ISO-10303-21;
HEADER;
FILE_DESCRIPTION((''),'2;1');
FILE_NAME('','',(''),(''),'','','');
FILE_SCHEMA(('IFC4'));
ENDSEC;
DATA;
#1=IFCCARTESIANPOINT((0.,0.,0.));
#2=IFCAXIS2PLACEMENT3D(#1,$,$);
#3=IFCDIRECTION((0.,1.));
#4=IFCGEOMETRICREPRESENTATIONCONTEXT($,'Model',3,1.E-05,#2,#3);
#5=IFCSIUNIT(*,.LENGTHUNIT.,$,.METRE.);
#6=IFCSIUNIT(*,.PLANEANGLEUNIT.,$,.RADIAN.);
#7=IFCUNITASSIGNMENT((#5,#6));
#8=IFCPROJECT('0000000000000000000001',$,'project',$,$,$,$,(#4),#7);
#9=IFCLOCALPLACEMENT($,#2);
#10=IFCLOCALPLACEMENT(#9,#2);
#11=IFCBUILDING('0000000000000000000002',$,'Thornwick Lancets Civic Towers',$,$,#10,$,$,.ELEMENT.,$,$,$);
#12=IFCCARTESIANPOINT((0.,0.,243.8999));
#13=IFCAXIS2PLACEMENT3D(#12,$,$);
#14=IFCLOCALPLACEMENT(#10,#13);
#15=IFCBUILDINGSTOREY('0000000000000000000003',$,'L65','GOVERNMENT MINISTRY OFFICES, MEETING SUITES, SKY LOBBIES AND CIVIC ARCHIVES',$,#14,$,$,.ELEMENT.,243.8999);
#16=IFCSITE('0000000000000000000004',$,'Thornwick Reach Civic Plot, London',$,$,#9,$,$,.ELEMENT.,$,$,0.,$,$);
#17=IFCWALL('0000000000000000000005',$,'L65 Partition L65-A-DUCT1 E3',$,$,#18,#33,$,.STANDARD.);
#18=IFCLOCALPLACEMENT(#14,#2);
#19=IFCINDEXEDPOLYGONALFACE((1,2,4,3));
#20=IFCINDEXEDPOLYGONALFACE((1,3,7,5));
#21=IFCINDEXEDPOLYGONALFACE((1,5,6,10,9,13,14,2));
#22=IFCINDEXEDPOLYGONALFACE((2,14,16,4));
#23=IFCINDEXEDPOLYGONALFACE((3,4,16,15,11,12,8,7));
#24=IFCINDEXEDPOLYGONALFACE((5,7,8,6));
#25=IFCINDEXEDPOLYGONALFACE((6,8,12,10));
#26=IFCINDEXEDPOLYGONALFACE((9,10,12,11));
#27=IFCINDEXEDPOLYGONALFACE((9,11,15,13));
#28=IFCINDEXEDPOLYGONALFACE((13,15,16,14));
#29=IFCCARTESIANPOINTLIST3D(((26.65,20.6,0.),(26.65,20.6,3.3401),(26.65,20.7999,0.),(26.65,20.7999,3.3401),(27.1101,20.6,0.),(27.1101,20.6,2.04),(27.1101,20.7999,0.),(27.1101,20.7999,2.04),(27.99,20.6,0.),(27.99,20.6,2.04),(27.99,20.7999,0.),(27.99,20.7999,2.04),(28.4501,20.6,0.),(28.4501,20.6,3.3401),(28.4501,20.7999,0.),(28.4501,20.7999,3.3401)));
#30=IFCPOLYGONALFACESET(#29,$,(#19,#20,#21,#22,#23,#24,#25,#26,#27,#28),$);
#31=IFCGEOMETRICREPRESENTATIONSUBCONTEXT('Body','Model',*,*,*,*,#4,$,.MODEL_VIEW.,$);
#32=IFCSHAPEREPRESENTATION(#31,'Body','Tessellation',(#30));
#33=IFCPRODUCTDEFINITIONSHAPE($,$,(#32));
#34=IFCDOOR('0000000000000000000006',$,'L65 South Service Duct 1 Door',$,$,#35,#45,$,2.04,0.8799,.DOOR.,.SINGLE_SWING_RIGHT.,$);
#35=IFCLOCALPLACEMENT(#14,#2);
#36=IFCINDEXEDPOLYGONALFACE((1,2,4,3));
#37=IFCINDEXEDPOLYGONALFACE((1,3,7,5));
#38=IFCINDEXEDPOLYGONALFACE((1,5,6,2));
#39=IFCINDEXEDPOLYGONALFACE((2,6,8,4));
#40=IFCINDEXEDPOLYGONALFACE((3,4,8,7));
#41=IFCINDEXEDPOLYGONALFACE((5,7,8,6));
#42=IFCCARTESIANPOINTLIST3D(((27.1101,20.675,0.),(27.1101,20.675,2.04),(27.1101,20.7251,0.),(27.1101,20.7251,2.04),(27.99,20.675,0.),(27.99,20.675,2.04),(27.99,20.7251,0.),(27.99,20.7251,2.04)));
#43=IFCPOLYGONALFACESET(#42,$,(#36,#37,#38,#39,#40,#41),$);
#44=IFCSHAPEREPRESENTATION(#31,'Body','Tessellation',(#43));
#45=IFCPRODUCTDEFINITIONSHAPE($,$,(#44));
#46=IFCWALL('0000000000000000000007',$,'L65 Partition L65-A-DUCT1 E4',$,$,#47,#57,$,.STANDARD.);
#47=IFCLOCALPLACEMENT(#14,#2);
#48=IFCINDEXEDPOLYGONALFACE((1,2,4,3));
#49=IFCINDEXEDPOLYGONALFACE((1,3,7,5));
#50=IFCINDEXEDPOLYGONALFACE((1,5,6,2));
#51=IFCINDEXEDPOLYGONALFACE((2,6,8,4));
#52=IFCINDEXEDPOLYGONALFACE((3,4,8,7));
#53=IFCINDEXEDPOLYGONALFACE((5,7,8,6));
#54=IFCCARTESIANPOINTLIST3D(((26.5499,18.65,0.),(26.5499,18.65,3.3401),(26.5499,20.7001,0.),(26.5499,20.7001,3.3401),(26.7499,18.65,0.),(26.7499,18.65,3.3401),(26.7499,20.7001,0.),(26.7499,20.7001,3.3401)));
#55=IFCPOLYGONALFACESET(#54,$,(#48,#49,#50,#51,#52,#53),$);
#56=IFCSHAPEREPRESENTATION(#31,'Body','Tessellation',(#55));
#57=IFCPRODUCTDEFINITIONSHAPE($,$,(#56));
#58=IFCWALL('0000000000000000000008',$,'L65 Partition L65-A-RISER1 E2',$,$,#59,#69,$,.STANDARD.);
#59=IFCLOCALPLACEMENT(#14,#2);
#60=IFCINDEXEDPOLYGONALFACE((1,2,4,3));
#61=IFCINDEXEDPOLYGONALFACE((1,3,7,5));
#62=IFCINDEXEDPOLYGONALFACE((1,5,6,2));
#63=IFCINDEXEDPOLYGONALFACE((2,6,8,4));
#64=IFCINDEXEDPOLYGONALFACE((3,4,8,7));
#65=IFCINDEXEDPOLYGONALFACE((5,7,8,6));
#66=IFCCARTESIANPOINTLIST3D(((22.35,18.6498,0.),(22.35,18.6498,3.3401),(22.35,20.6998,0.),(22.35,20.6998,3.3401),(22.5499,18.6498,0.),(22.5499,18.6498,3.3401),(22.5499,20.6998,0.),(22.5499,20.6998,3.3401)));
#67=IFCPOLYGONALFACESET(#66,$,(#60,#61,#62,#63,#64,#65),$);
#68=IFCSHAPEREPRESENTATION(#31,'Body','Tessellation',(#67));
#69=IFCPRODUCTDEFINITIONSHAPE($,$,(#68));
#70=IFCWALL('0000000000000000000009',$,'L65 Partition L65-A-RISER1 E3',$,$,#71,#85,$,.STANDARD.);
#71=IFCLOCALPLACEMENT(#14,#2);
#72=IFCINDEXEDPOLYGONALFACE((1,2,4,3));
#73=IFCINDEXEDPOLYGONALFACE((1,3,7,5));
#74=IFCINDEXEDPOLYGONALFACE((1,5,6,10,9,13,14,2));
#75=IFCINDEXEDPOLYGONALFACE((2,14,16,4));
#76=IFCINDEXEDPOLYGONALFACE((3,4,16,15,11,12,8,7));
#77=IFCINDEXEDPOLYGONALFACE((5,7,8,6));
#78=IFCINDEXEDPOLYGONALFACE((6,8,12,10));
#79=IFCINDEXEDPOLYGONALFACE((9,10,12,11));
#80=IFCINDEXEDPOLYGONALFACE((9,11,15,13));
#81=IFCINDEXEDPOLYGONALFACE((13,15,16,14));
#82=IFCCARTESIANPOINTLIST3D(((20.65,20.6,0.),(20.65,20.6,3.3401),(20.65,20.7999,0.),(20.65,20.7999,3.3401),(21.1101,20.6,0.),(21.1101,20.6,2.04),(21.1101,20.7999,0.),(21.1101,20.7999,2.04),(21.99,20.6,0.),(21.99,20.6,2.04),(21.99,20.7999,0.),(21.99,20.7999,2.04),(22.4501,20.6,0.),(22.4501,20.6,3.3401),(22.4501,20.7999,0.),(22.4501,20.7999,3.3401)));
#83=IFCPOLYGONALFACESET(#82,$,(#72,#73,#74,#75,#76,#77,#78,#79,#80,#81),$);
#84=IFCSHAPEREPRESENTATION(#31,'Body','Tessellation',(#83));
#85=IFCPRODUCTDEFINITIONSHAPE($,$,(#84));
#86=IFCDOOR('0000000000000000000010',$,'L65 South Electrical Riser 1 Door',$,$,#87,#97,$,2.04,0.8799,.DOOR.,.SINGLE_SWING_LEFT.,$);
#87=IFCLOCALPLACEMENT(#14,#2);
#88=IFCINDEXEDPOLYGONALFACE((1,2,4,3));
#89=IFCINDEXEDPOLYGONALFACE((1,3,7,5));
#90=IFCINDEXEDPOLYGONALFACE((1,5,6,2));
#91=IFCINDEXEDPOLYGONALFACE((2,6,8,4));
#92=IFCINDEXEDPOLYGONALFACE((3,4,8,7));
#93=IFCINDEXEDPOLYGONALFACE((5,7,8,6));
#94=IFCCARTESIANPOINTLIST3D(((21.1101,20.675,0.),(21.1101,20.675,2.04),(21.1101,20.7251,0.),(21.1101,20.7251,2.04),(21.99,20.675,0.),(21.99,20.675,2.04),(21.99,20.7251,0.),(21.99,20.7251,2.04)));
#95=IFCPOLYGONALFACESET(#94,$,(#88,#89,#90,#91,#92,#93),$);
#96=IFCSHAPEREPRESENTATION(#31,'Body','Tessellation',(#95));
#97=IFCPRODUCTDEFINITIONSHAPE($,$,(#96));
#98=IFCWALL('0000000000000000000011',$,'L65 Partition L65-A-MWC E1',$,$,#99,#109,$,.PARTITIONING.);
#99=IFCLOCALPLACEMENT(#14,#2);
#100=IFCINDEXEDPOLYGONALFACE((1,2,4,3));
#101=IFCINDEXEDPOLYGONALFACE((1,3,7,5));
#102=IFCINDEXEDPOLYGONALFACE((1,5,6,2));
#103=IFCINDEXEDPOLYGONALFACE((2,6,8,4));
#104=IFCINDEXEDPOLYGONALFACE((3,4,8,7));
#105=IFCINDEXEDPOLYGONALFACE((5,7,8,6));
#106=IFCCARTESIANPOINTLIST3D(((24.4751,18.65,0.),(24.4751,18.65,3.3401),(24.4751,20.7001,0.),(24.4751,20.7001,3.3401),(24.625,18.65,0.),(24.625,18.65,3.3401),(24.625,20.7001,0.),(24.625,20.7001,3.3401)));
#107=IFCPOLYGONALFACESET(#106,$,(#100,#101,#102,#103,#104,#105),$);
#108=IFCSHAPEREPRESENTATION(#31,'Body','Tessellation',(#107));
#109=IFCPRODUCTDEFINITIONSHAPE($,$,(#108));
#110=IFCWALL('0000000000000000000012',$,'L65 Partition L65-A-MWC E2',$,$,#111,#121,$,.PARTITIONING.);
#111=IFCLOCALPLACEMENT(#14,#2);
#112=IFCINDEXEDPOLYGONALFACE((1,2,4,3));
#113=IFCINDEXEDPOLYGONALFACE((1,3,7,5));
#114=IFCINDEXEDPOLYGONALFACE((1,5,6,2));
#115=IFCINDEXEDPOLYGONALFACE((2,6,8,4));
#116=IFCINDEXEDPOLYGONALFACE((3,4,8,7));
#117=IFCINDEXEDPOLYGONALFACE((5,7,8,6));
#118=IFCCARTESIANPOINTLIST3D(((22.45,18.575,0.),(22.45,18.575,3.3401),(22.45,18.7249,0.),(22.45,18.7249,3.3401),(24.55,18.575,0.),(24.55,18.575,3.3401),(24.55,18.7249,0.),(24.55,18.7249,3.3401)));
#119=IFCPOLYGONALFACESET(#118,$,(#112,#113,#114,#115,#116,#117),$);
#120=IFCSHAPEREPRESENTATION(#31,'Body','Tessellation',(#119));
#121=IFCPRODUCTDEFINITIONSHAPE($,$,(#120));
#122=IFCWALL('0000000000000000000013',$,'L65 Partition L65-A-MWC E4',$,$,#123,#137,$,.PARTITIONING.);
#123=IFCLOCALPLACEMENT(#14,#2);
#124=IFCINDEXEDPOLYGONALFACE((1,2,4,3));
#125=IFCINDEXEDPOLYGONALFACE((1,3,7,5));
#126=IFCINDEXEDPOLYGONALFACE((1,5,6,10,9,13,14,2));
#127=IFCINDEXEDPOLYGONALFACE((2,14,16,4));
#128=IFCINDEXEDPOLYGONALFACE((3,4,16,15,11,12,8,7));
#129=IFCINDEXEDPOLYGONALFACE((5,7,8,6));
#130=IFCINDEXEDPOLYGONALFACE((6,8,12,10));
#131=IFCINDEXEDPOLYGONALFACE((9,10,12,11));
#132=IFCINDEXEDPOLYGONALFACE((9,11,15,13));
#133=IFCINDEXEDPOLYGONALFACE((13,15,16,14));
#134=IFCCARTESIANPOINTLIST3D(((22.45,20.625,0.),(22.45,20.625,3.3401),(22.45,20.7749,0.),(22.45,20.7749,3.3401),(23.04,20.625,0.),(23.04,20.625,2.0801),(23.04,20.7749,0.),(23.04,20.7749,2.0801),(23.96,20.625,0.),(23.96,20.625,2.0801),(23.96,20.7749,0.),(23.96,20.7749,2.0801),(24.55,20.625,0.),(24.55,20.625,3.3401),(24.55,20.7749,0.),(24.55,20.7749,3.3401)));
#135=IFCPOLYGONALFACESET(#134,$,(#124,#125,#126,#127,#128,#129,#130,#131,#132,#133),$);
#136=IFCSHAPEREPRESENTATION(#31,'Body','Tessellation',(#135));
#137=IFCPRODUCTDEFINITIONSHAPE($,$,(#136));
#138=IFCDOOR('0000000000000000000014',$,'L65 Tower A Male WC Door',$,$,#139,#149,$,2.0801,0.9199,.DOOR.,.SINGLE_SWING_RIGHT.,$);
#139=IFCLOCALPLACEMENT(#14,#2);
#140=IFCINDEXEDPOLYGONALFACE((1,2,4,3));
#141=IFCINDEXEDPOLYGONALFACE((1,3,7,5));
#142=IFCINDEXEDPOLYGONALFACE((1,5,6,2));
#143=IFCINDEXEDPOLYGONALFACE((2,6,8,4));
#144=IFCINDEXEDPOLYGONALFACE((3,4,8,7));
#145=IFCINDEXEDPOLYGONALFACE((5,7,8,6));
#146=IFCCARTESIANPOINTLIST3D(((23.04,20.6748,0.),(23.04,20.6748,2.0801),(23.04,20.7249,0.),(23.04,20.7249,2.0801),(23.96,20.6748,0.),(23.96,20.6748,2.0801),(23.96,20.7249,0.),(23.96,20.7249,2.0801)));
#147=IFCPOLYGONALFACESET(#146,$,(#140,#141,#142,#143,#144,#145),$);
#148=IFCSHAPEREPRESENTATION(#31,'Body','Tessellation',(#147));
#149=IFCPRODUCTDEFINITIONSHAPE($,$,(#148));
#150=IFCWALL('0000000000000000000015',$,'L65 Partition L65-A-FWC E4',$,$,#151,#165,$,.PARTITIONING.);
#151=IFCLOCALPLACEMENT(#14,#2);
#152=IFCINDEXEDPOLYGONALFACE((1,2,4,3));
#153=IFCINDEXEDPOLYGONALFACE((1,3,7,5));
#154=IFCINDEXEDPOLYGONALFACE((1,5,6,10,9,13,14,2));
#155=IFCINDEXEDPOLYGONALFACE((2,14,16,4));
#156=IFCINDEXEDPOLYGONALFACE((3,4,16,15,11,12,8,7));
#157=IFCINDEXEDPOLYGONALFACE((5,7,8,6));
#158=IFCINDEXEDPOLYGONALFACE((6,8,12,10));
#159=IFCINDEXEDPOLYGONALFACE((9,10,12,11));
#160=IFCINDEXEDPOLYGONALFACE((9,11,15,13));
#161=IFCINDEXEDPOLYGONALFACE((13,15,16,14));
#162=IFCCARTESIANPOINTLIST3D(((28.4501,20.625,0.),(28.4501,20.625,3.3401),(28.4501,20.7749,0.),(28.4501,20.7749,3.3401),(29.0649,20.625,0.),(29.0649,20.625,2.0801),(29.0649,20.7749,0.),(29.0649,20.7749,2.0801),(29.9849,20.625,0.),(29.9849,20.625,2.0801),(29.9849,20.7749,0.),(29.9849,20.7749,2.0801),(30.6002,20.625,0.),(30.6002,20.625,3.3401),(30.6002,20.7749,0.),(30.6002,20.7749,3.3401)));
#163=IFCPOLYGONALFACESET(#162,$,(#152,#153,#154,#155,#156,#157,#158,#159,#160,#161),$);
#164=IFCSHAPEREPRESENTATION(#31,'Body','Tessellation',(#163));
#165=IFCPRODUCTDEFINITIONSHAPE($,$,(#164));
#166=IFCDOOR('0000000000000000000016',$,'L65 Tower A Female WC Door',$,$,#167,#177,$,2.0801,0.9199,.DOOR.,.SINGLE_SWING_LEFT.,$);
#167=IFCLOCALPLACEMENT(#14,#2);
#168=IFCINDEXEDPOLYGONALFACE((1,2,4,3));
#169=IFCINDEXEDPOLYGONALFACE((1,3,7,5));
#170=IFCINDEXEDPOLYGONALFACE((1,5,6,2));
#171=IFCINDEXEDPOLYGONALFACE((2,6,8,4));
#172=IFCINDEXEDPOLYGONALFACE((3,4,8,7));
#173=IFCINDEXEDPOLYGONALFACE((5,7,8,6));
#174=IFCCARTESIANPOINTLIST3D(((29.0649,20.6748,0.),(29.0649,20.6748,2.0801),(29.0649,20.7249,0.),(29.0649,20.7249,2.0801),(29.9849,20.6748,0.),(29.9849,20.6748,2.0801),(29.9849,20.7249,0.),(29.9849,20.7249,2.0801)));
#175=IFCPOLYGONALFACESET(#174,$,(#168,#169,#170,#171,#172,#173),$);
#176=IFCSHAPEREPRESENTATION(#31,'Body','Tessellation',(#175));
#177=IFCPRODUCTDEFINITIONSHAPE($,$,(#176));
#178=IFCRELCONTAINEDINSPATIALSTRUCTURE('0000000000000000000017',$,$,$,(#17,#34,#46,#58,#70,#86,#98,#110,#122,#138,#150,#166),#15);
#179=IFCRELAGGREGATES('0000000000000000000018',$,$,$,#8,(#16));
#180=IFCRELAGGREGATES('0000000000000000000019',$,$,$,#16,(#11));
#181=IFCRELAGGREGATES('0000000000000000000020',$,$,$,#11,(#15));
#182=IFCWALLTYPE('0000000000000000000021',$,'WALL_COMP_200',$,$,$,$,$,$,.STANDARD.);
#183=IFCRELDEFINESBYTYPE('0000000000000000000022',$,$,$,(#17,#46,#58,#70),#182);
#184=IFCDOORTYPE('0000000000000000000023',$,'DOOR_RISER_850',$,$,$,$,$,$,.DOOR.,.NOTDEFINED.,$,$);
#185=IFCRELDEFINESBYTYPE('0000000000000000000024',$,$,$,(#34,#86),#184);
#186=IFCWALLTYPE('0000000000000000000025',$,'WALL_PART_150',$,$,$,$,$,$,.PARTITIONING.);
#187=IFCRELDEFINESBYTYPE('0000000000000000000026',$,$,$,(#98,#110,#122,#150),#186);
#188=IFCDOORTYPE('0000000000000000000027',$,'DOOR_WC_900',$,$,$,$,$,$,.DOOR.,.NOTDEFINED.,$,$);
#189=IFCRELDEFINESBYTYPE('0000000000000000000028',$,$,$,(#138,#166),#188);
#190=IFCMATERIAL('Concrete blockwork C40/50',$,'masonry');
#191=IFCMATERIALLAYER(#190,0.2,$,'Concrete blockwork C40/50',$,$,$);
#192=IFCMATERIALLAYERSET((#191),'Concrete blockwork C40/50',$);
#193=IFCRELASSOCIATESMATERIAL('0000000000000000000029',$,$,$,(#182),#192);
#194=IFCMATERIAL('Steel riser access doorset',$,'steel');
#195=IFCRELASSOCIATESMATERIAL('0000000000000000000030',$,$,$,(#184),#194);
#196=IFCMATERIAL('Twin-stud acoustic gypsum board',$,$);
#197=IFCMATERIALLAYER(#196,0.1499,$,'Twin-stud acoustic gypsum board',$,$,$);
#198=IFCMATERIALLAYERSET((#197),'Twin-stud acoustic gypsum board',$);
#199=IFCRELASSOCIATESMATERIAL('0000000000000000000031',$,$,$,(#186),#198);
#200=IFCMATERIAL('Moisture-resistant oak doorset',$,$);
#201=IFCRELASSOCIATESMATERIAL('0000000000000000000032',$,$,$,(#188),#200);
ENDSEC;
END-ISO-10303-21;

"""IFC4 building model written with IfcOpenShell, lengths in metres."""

from ifc_helpers import new_model, si_unit, direction, frame, frame_2d, origin, place, context, subcontext, project, spatial, rectangle, extrude, material, layer, layer_set, type_object, element, fill, save


model = new_model("IFC4")

# Units and contexts
model_context = context("Model", 3, precision=1e-05, world=origin(), true_north=direction((0.0, 1.0)))
body_context = subcontext(model_context, "Body", "Model", "MODEL_VIEW")
ifc_project = project(units=[si_unit("LENGTHUNIT", "METRE"), si_unit("PLANEANGLEUNIT", "RADIAN")], contexts=[model_context])

# Site, building, storey
site_placement = place(None, origin())
site = spatial("IfcSite", under=ifc_project, at=site_placement, Name="Thornwick Reach Civic Plot, London", CompositionType="ELEMENT", RefElevation=0.0)
building_placement = place(site_placement, origin())
building = spatial("IfcBuilding", under=site, at=building_placement, Name="Thornwick Lancets Civic Towers", CompositionType="ELEMENT")
storey_placement = place(building_placement, frame((0.0, 0.0, 243.8999)))
storey = spatial("IfcBuildingStorey", under=building, at=storey_placement, Name="L65", Description="GOVERNMENT MINISTRY OFFICES, MEETING SUITES, SKY LOBBIES AND CIVIC ARCHIVES", CompositionType="ELEMENT", Elevation=243.8999)

# Shared definitions
ifc_material_1 = material(Name="Concrete blockwork C40/50", Category="masonry")
ifc_layer_1 = layer(ifc_material_1, 0.2, Name="Concrete blockwork C40/50")
ifc_layer_set_1 = layer_set([ifc_layer_1], Name="Concrete blockwork C40/50")
wall_type_1 = type_object("IfcWallType", Name="WALL_COMP_200", PredefinedType="STANDARD", material=ifc_layer_set_1)

# Wall, opening, door
wall_1_placement = place(storey_placement, frame((28.45, 20.7, 0.0), z_axis=(0.0, 0.0, 1.0), x_axis=(-1.0, 0.0, 0.0)))
wall_1 = element("IfcWall", 1, at=wall_1_placement, inside=storey, type_object=wall_type_1, Name="L65 Partition L65-A-DUCT1 E3", PredefinedType="STANDARD", context=body_context, shape_type="SweptSolid", body=[
    extrude(rectangle(XDim=1.8, YDim=0.2, at=frame_2d((0.8999, 0.0))), origin(), (0.0, 0.0, 1.0), 3.3401),
])
opening_1_placement = place(wall_1_placement, frame((0.46, 0.0, 0.0)))
opening_1 = element("IfcOpeningElement", 2, at=opening_1_placement, cuts=wall_1, PredefinedType="OPENING", context=body_context, shape_type="SweptSolid", body=[
    extrude(rectangle(XDim=0.8799, YDim=2.04, at=frame_2d((0.4399, 1.02))), frame((0.0, 0.1099, 0.0), z_axis=(0.0, -1.0, 0.0), x_axis=(1.0, 0.0, 0.0)), (0.0, 0.0, 1.0), 0.22),
])
ifc_material_2 = material(Name="Steel riser access doorset", Category="steel")
door_type_1 = type_object("IfcDoorType", Name="DOOR_RISER_850", OperationType="NOTDEFINED", PredefinedType="DOOR", material=ifc_material_2)
door_1_placement = place(opening_1_placement, origin())
door_1 = element("IfcDoor", 3, at=door_1_placement, inside=storey, type_object=door_type_1, Name="L65 South Service Duct 1 Door", OperationType="SINGLE_SWING_RIGHT", OverallHeight=2.04, OverallWidth=0.8799, PredefinedType="DOOR", context=body_context, shape_type="SweptSolid", body=[
    extrude(rectangle(XDim=0.8799, YDim=2.04, at=frame_2d((0.4399, 1.02))), frame((0.0, 0.0249, 0.0), z_axis=(0.0, -1.0, 0.0), x_axis=(1.0, 0.0, 0.0)), (0.0, 0.0, 1.0), 0.05),
])
fill(opening_1, door_1)

# Walls
for number, where, z_axis, x_axis, name in (
    (4, (26.6499, 20.7, 0.0), (0.0, 0.0, 1.0), (0.0, -1.0, 0.0), "L65 Partition L65-A-DUCT1 E4"),
    (5, (22.45, 18.6499, 0.0), (0.0, 0.0, 1.0), (0.0, 1.0, 0.0), "L65 Partition L65-A-RISER1 E2"),
):
    element("IfcWall", number, at=place(storey_placement, frame(where, z_axis=z_axis, x_axis=x_axis)), inside=storey, type_object=wall_type_1, Name=name, PredefinedType="STANDARD", context=body_context, shape_type="SweptSolid", body=[
        extrude(rectangle(XDim=2.05, YDim=0.2, at=frame_2d((1.0249, 0.0))), origin(), (0.0, 0.0, 1.0), 3.3401),
    ])

# Wall, opening, door
wall_2_placement = place(storey_placement, frame((22.45, 20.7, 0.0), z_axis=(0.0, 0.0, 1.0), x_axis=(-1.0, 0.0, 0.0)))
wall_2 = element("IfcWall", 6, at=wall_2_placement, inside=storey, type_object=wall_type_1, Name="L65 Partition L65-A-RISER1 E3", PredefinedType="STANDARD", context=body_context, shape_type="SweptSolid", body=[
    extrude(rectangle(XDim=1.8, YDim=0.2, at=frame_2d((0.8999, 0.0))), origin(), (0.0, 0.0, 1.0), 3.3401),
])
opening_2_placement = place(wall_2_placement, frame((0.46, 0.0, 0.0)))
opening_2 = element("IfcOpeningElement", 7, at=opening_2_placement, cuts=wall_2, PredefinedType="OPENING", context=body_context, shape_type="SweptSolid", body=[
    extrude(rectangle(XDim=0.8799, YDim=2.04, at=frame_2d((0.4399, 1.02))), frame((0.0, 0.1099, 0.0), z_axis=(0.0, -1.0, 0.0), x_axis=(1.0, 0.0, 0.0)), (0.0, 0.0, 1.0), 0.22),
])
door_2_placement = place(opening_2_placement, origin())
door_2 = element("IfcDoor", 8, at=door_2_placement, inside=storey, type_object=door_type_1, Name="L65 South Electrical Riser 1 Door", OperationType="SINGLE_SWING_LEFT", OverallHeight=2.04, OverallWidth=0.8799, PredefinedType="DOOR", context=body_context, shape_type="SweptSolid", body=[
    extrude(rectangle(XDim=0.8799, YDim=2.04, at=frame_2d((0.4399, 1.02))), frame((0.0, 0.0249, 0.0), z_axis=(0.0, -1.0, 0.0), x_axis=(1.0, 0.0, 0.0)), (0.0, 0.0, 1.0), 0.05),
])
fill(opening_2, door_2)

# Walls
ifc_material_3 = material(Name="Twin-stud acoustic gypsum board")
ifc_layer_2 = layer(ifc_material_3, 0.1499, Name="Twin-stud acoustic gypsum board")
ifc_layer_set_2 = layer_set([ifc_layer_2], Name="Twin-stud acoustic gypsum board")
wall_type_2 = type_object("IfcWallType", Name="WALL_PART_150", PredefinedType="PARTITIONING", material=ifc_layer_set_2)
wall_3_placement = place(storey_placement, frame((24.55, 20.7, 0.0), z_axis=(0.0, 0.0, 1.0), x_axis=(0.0, -1.0, 0.0)))
element("IfcWall", 9, at=wall_3_placement, inside=storey, type_object=wall_type_2, Name="L65 Partition L65-A-MWC E1", PredefinedType="PARTITIONING", context=body_context, shape_type="SweptSolid", body=[
    extrude(rectangle(XDim=2.05, YDim=0.1499, at=frame_2d((1.0249, 0.0))), origin(), (0.0, 0.0, 1.0), 3.3401),
])
wall_4_placement = place(storey_placement, frame((24.55, 18.6499, 0.0), z_axis=(0.0, 0.0, 1.0), x_axis=(-1.0, 0.0, 0.0)))
element("IfcWall", 10, at=wall_4_placement, inside=storey, type_object=wall_type_2, Name="L65 Partition L65-A-MWC E2", PredefinedType="PARTITIONING", context=body_context, shape_type="SweptSolid", body=[
    extrude(rectangle(XDim=2.1001, YDim=0.1499, at=frame_2d((1.05, 0.0))), origin(), (0.0, 0.0, 1.0), 3.3401),
])

# Walls, openings, doors
wall_5_placement = place(storey_placement, frame((22.45, 20.7, 0.0), z_axis=(0.0, 0.0, 1.0), x_axis=(1.0, 0.0, 0.0)))
wall_5 = element("IfcWall", 11, at=wall_5_placement, inside=storey, type_object=wall_type_2, Name="L65 Partition L65-A-MWC E4", PredefinedType="PARTITIONING", context=body_context, shape_type="SweptSolid", body=[
    extrude(rectangle(XDim=2.1001, YDim=0.1499, at=frame_2d((1.05, 0.0))), origin(), (0.0, 0.0, 1.0), 3.3401),
])
opening_3_placement = place(wall_5_placement, frame((0.5901, 0.0, 0.0)))
opening_3 = element("IfcOpeningElement", 12, at=opening_3_placement, cuts=wall_5, PredefinedType="OPENING", context=body_context, shape_type="SweptSolid", body=[
    extrude(rectangle(XDim=0.9199, YDim=2.0801, at=frame_2d((0.46, 1.04))), frame((0.0, 0.085, 0.0), z_axis=(0.0, -1.0, 0.0), x_axis=(1.0, 0.0, 0.0)), (0.0, 0.0, 1.0), 0.1699),
])
ifc_material_4 = material(Name="Moisture-resistant oak doorset")
door_type_2 = type_object("IfcDoorType", Name="DOOR_WC_900", OperationType="NOTDEFINED", PredefinedType="DOOR", material=ifc_material_4)
door_3_placement = place(opening_3_placement, origin())
door_3 = element("IfcDoor", 13, at=door_3_placement, inside=storey, type_object=door_type_2, Name="L65 Tower A Male WC Door", OperationType="SINGLE_SWING_RIGHT", OverallHeight=2.0801, OverallWidth=0.9199, PredefinedType="DOOR", context=body_context, shape_type="SweptSolid", body=[
    extrude(rectangle(XDim=0.9199, YDim=2.0801, at=frame_2d((0.46, 1.04))), frame((0.0, 0.0249, 0.0), z_axis=(0.0, -1.0, 0.0), x_axis=(1.0, 0.0, 0.0)), (0.0, 0.0, 1.0), 0.05),
])
fill(opening_3, door_3)
wall_6_placement = place(storey_placement, frame((28.45, 20.7, 0.0), z_axis=(0.0, 0.0, 1.0), x_axis=(1.0, 0.0, 0.0)))
wall_6 = element("IfcWall", 14, at=wall_6_placement, inside=storey, type_object=wall_type_2, Name="L65 Partition L65-A-FWC E4", PredefinedType="PARTITIONING", context=body_context, shape_type="SweptSolid", body=[
    extrude(rectangle(XDim=2.1501, YDim=0.1499, at=frame_2d((1.0752, 0.0))), origin(), (0.0, 0.0, 1.0), 3.3401),
])
opening_4_placement = place(wall_6_placement, frame((0.615, 0.0, 0.0)))
opening_4 = element("IfcOpeningElement", 15, at=opening_4_placement, cuts=wall_6, PredefinedType="OPENING", context=body_context, shape_type="SweptSolid", body=[
    extrude(rectangle(XDim=0.9199, YDim=2.0801, at=frame_2d((0.46, 1.04))), frame((0.0, 0.085, 0.0), z_axis=(0.0, -1.0, 0.0), x_axis=(1.0, 0.0, 0.0)), (0.0, 0.0, 1.0), 0.1699),
])
door_4_placement = place(opening_4_placement, origin())
door_4 = element("IfcDoor", 16, at=door_4_placement, inside=storey, type_object=door_type_2, Name="L65 Tower A Female WC Door", OperationType="SINGLE_SWING_LEFT", OverallHeight=2.0801, OverallWidth=0.9199, PredefinedType="DOOR", context=body_context, shape_type="SweptSolid", body=[
    extrude(rectangle(XDim=0.9199, YDim=2.0801, at=frame_2d((0.46, 1.04))), frame((0.0, 0.0249, 0.0), z_axis=(0.0, -1.0, 0.0), x_axis=(1.0, 0.0, 0.0)), (0.0, 0.0, 1.0), 0.05),
])
fill(opening_4, door_4)

save(model, "model.ifc")
